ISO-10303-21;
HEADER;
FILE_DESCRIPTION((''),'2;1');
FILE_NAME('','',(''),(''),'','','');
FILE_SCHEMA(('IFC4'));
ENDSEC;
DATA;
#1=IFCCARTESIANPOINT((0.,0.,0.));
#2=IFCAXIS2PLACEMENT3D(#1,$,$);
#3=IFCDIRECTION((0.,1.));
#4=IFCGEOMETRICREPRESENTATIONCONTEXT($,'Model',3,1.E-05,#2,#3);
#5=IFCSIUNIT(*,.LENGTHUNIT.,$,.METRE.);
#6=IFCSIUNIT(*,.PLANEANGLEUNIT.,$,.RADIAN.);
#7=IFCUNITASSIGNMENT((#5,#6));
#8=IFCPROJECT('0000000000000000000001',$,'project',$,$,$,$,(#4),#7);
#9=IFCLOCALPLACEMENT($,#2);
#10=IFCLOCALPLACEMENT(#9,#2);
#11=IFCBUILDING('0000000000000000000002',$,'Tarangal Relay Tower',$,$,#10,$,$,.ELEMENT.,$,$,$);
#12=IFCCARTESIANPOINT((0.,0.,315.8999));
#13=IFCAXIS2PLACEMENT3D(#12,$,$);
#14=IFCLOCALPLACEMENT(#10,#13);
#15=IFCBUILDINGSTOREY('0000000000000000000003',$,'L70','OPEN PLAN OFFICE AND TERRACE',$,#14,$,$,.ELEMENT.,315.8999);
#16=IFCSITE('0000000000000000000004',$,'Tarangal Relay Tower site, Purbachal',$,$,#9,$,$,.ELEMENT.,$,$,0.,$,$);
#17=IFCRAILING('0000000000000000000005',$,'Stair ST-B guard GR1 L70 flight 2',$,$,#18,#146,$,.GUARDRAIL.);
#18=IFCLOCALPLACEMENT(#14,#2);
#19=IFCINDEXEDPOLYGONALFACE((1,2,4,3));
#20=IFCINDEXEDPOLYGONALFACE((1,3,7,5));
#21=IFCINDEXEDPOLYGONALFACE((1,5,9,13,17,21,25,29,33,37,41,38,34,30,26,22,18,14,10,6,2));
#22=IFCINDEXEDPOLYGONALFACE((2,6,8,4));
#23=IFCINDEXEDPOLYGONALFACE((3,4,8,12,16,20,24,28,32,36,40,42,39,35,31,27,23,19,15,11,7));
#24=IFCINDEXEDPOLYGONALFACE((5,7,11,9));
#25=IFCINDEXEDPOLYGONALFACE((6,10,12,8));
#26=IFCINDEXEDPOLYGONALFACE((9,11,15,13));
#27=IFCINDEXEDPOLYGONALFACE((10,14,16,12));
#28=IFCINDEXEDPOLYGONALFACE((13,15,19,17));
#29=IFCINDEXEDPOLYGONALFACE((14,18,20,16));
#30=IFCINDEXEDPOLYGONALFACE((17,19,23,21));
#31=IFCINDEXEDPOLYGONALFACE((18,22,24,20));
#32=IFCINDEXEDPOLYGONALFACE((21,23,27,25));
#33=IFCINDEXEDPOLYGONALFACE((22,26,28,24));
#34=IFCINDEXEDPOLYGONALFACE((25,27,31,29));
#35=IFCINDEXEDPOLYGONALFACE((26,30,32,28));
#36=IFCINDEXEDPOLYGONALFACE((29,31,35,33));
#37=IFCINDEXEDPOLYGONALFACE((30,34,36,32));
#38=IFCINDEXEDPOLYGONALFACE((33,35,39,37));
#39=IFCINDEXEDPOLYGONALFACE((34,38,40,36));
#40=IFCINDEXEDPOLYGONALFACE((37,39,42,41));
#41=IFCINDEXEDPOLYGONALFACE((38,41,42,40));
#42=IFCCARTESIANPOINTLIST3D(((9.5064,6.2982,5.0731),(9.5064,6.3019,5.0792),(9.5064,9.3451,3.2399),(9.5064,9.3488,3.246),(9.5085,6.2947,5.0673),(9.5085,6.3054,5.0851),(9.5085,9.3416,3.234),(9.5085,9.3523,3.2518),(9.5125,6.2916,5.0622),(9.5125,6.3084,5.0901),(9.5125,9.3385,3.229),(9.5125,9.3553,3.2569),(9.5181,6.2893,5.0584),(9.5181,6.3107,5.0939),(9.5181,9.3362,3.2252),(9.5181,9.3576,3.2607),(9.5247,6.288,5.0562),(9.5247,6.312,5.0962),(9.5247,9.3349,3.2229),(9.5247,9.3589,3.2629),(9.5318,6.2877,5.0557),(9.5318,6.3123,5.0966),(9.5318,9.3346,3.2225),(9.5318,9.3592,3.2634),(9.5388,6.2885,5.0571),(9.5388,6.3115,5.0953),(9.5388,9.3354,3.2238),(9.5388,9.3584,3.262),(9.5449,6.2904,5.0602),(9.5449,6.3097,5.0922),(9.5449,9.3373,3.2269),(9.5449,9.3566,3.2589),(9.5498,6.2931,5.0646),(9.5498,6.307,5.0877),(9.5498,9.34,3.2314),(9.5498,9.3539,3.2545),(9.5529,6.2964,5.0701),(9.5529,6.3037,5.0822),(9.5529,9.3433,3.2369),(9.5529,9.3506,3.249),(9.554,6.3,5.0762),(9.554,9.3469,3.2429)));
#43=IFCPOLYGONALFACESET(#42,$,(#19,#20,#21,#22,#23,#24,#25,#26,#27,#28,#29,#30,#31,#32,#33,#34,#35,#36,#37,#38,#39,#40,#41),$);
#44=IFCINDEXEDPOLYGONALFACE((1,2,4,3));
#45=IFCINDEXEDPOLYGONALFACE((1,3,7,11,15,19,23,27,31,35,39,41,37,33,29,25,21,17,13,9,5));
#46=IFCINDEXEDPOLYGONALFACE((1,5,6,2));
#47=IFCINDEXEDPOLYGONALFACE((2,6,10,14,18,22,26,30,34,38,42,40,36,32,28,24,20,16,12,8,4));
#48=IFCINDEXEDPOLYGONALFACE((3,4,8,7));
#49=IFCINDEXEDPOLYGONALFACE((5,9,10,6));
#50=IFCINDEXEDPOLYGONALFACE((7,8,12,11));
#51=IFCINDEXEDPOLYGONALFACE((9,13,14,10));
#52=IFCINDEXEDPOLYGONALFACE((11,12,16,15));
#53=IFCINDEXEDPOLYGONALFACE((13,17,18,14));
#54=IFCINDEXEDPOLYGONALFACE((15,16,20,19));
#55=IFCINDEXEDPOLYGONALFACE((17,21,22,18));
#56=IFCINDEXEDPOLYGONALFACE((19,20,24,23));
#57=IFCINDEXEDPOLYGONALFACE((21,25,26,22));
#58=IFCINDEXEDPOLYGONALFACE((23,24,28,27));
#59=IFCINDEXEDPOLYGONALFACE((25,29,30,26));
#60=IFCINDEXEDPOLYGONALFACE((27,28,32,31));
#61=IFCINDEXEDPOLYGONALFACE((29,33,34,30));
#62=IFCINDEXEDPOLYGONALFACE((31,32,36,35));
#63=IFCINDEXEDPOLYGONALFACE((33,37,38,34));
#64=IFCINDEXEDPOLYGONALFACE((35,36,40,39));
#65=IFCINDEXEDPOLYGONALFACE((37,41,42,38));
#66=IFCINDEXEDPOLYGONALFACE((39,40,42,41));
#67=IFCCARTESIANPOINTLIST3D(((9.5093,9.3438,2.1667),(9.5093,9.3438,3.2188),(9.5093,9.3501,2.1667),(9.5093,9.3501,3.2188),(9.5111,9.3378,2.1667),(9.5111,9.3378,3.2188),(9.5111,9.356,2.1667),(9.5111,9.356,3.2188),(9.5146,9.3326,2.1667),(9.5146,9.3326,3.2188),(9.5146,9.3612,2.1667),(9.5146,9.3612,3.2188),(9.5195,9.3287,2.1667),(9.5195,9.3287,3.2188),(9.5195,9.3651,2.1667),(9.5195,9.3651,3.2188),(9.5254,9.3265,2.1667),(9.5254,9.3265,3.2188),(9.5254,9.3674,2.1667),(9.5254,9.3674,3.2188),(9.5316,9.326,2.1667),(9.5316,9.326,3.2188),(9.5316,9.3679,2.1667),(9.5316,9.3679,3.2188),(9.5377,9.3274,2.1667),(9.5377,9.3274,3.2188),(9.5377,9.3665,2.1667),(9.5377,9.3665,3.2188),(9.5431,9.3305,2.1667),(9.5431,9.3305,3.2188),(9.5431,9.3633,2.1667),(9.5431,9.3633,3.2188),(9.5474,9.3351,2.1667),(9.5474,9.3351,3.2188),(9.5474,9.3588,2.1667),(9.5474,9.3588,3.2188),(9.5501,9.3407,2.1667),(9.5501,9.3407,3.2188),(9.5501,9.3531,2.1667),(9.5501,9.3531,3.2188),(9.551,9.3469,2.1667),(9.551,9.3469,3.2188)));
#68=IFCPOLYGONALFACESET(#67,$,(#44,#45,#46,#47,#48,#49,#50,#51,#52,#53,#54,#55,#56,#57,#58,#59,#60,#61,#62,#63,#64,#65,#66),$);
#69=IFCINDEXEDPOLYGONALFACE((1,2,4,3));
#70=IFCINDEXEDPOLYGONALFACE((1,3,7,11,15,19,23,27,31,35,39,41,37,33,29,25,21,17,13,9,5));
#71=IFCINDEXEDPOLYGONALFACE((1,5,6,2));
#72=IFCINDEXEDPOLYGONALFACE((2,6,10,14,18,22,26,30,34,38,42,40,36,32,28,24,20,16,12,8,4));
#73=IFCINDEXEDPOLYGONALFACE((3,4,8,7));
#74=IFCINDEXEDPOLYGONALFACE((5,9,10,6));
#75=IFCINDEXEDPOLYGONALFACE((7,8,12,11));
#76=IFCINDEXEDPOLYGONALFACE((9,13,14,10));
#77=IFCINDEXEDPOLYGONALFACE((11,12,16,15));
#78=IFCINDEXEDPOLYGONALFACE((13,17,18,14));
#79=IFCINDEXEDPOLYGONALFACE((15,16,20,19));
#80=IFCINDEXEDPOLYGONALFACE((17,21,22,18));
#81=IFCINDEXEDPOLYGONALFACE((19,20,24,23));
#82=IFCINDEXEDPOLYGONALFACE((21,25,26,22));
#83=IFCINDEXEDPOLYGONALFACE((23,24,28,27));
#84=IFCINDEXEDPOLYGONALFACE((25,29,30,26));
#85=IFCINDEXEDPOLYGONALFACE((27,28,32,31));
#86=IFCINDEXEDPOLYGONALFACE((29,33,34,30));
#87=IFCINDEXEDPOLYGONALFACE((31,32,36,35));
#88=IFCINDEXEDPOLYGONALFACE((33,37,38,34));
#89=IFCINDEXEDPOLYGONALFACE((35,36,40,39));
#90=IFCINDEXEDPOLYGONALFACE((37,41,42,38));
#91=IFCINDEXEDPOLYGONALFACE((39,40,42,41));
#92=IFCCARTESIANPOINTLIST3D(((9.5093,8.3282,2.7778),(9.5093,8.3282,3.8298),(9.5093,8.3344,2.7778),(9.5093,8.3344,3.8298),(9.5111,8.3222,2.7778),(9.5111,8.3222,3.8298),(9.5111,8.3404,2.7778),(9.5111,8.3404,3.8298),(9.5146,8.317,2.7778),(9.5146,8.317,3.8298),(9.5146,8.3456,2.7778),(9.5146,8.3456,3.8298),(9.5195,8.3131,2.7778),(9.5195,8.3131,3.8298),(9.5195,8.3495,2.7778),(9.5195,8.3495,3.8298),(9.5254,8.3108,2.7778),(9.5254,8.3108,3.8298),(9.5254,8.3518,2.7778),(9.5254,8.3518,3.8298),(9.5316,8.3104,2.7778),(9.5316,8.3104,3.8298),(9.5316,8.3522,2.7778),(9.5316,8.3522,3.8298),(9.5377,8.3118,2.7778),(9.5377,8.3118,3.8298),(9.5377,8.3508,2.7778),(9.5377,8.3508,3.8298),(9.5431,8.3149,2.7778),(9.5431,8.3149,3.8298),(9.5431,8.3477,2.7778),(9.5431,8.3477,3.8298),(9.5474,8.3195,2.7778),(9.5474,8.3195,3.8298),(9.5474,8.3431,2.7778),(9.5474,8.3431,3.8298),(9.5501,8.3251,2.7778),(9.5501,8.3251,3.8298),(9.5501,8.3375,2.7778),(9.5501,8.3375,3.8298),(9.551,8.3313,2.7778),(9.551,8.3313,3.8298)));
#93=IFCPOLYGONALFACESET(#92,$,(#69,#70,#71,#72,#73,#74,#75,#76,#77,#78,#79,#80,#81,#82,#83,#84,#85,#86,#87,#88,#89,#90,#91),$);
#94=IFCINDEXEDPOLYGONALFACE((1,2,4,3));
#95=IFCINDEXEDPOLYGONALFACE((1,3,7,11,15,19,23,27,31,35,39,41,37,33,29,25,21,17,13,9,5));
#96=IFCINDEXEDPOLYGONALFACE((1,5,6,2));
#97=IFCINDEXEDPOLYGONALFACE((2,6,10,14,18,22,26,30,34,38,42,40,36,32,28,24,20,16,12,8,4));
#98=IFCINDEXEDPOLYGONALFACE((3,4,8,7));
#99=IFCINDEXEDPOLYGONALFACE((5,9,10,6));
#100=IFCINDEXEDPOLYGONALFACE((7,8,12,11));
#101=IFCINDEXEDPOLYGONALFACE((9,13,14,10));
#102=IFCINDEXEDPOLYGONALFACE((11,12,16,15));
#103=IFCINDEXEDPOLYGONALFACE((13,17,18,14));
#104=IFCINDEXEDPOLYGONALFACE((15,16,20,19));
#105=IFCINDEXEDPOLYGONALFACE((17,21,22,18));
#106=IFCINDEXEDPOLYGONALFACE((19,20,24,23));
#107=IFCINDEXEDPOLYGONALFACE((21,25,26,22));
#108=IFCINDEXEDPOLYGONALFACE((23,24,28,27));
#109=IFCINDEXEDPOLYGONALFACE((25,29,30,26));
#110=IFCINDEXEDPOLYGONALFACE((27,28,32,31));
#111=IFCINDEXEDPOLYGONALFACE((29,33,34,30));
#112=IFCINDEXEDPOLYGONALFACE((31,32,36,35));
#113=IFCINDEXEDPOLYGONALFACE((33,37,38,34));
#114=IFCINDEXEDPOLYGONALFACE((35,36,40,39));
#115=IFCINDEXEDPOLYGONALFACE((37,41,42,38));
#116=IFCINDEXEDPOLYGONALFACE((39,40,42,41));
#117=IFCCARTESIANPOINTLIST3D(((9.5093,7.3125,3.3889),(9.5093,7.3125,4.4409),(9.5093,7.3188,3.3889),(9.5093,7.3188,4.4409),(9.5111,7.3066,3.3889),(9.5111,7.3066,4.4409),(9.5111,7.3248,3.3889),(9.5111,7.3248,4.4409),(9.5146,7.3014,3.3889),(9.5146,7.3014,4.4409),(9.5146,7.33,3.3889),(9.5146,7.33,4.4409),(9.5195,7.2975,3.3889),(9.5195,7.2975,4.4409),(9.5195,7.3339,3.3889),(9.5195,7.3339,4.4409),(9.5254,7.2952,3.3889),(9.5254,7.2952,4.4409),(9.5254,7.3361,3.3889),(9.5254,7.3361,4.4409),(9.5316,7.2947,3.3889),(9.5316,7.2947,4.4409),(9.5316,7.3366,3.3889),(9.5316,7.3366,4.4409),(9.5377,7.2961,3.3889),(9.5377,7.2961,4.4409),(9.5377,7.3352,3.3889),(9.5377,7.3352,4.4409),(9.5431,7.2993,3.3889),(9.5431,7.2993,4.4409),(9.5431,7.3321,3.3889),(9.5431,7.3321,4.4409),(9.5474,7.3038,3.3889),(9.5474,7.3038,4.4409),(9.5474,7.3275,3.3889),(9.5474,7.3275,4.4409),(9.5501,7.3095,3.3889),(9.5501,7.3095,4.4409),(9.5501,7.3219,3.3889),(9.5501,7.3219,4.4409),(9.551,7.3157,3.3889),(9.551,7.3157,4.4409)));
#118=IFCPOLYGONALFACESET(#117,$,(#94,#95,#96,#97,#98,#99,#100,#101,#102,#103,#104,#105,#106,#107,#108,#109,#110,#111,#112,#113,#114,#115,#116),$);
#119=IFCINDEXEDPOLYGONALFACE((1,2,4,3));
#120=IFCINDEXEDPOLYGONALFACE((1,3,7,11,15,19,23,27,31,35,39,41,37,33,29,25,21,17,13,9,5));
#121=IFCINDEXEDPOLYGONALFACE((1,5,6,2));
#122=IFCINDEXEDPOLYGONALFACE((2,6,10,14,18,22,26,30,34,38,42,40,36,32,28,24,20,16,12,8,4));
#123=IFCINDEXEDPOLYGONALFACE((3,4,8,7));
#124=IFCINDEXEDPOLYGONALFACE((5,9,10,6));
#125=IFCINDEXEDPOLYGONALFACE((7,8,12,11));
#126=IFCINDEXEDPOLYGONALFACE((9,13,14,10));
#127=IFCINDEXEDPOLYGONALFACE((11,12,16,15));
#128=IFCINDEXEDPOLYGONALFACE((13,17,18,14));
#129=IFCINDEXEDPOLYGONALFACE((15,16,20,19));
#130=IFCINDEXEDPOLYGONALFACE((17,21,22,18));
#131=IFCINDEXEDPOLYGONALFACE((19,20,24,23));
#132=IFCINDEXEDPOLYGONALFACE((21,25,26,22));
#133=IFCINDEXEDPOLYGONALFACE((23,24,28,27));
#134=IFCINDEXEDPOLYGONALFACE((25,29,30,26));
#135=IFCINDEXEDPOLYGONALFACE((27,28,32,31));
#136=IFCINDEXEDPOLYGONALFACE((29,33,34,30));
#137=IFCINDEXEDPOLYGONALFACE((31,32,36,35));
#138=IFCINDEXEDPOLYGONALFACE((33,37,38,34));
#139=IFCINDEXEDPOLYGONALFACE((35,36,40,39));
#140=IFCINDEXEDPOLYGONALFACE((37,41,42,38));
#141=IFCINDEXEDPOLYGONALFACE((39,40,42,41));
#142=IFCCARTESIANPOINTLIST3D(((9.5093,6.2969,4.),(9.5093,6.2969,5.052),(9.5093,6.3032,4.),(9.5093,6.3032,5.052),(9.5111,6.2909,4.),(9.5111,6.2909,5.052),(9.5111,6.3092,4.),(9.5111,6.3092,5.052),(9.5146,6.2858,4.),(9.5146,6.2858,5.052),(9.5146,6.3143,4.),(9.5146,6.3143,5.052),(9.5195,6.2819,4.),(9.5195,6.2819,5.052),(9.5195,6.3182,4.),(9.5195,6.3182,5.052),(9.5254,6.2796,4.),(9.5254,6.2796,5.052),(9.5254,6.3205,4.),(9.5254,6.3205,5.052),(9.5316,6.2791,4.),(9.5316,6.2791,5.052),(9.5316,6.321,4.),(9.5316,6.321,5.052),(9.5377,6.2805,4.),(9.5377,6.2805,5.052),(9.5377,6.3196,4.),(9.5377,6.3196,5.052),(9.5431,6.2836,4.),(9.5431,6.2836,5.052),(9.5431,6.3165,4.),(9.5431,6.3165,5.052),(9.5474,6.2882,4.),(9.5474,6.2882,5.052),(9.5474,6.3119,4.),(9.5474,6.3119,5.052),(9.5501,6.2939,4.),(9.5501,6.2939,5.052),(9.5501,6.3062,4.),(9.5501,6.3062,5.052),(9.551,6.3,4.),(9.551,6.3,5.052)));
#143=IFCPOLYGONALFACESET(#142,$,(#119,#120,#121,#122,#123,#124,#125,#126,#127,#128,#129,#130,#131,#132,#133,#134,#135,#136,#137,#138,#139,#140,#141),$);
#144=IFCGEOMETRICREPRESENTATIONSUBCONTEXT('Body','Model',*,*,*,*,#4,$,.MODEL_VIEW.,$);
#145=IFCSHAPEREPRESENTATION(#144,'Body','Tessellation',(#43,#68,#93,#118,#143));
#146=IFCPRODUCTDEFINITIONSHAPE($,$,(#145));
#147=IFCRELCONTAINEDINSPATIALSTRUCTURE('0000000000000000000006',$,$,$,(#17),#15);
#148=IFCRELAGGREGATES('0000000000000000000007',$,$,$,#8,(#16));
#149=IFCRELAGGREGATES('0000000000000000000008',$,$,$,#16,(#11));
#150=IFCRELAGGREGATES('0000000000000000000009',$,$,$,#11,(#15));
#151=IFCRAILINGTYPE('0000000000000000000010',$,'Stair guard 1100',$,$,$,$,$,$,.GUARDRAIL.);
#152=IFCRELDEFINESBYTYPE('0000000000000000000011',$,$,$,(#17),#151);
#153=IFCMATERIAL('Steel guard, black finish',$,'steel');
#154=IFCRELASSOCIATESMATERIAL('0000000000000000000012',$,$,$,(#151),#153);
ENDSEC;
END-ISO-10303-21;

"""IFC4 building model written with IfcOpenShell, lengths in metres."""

from ifc_helpers import new_model, si_unit, direction, frame, origin, origin_2d, place, context, subcontext, project, spatial, circle, extrude, material, type_object, element, save


model = new_model("IFC4")

# Units and contexts
model_context = context("Model", 3, precision=1e-05, world=origin(), true_north=direction((0.0, 1.0)))
body_context = subcontext(model_context, "Body", "Model", "MODEL_VIEW")
ifc_project = project(units=[si_unit("LENGTHUNIT", "METRE"), si_unit("PLANEANGLEUNIT", "RADIAN")], contexts=[model_context])

# Site, building, storey
site_placement = place(None, origin())
site = spatial("IfcSite", under=ifc_project, at=site_placement, Name="Tarangal Relay Tower site, Purbachal", CompositionType="ELEMENT", RefElevation=0.0)
building_placement = place(site_placement, origin())
building = spatial("IfcBuilding", under=site, at=building_placement, Name="Tarangal Relay Tower", CompositionType="ELEMENT")
storey_placement = place(building_placement, frame((0.0, 0.0, 315.8999)))
storey = spatial("IfcBuildingStorey", under=building, at=storey_placement, Name="L70", Description="OPEN PLAN OFFICE AND TERRACE", CompositionType="ELEMENT", Elevation=315.8999)

# Railing
ifc_material_1 = material(Name="Steel guard, black finish", Category="steel")
railing_type_1 = type_object("IfcRailingType", Name="Stair guard 1100", PredefinedType="GUARDRAIL", material=ifc_material_1)
railing_1_placement = place(storey_placement, frame((9.53, 9.3469, 2.1667)))
element("IfcRailing", 1, at=railing_1_placement, inside=storey, type_object=railing_type_1, Name="Stair ST-B guard GR1 L70 flight 2", PredefinedType="GUARDRAIL", context=body_context, shape_type="SweptSolid", body=[
    extrude(circle(Radius=0.0239, at=origin_2d()), frame((0.0, 0.0, 1.0762), z_axis=(0.0, -0.856856, 0.515556), x_axis=(1.0, 0.0, 0.0)), (0.0, 0.0, 1.0), 3.5559),
    extrude(circle(Radius=0.021, at=origin_2d()), origin(), (0.0, 0.0, 1.0), 1.052),
    extrude(circle(Radius=0.021, at=origin_2d()), frame((0.0, -1.0156, 0.6111)), (0.0, 0.0, 1.0), 1.052),
    extrude(circle(Radius=0.021, at=origin_2d()), frame((0.0, -2.0312, 1.2222)), (0.0, 0.0, 1.0), 1.052),
    extrude(circle(Radius=0.021, at=origin_2d()), frame((0.0, -3.0469, 1.8333)), (0.0, 0.0, 1.0), 1.052),
])

save(model, "model.ifc")
